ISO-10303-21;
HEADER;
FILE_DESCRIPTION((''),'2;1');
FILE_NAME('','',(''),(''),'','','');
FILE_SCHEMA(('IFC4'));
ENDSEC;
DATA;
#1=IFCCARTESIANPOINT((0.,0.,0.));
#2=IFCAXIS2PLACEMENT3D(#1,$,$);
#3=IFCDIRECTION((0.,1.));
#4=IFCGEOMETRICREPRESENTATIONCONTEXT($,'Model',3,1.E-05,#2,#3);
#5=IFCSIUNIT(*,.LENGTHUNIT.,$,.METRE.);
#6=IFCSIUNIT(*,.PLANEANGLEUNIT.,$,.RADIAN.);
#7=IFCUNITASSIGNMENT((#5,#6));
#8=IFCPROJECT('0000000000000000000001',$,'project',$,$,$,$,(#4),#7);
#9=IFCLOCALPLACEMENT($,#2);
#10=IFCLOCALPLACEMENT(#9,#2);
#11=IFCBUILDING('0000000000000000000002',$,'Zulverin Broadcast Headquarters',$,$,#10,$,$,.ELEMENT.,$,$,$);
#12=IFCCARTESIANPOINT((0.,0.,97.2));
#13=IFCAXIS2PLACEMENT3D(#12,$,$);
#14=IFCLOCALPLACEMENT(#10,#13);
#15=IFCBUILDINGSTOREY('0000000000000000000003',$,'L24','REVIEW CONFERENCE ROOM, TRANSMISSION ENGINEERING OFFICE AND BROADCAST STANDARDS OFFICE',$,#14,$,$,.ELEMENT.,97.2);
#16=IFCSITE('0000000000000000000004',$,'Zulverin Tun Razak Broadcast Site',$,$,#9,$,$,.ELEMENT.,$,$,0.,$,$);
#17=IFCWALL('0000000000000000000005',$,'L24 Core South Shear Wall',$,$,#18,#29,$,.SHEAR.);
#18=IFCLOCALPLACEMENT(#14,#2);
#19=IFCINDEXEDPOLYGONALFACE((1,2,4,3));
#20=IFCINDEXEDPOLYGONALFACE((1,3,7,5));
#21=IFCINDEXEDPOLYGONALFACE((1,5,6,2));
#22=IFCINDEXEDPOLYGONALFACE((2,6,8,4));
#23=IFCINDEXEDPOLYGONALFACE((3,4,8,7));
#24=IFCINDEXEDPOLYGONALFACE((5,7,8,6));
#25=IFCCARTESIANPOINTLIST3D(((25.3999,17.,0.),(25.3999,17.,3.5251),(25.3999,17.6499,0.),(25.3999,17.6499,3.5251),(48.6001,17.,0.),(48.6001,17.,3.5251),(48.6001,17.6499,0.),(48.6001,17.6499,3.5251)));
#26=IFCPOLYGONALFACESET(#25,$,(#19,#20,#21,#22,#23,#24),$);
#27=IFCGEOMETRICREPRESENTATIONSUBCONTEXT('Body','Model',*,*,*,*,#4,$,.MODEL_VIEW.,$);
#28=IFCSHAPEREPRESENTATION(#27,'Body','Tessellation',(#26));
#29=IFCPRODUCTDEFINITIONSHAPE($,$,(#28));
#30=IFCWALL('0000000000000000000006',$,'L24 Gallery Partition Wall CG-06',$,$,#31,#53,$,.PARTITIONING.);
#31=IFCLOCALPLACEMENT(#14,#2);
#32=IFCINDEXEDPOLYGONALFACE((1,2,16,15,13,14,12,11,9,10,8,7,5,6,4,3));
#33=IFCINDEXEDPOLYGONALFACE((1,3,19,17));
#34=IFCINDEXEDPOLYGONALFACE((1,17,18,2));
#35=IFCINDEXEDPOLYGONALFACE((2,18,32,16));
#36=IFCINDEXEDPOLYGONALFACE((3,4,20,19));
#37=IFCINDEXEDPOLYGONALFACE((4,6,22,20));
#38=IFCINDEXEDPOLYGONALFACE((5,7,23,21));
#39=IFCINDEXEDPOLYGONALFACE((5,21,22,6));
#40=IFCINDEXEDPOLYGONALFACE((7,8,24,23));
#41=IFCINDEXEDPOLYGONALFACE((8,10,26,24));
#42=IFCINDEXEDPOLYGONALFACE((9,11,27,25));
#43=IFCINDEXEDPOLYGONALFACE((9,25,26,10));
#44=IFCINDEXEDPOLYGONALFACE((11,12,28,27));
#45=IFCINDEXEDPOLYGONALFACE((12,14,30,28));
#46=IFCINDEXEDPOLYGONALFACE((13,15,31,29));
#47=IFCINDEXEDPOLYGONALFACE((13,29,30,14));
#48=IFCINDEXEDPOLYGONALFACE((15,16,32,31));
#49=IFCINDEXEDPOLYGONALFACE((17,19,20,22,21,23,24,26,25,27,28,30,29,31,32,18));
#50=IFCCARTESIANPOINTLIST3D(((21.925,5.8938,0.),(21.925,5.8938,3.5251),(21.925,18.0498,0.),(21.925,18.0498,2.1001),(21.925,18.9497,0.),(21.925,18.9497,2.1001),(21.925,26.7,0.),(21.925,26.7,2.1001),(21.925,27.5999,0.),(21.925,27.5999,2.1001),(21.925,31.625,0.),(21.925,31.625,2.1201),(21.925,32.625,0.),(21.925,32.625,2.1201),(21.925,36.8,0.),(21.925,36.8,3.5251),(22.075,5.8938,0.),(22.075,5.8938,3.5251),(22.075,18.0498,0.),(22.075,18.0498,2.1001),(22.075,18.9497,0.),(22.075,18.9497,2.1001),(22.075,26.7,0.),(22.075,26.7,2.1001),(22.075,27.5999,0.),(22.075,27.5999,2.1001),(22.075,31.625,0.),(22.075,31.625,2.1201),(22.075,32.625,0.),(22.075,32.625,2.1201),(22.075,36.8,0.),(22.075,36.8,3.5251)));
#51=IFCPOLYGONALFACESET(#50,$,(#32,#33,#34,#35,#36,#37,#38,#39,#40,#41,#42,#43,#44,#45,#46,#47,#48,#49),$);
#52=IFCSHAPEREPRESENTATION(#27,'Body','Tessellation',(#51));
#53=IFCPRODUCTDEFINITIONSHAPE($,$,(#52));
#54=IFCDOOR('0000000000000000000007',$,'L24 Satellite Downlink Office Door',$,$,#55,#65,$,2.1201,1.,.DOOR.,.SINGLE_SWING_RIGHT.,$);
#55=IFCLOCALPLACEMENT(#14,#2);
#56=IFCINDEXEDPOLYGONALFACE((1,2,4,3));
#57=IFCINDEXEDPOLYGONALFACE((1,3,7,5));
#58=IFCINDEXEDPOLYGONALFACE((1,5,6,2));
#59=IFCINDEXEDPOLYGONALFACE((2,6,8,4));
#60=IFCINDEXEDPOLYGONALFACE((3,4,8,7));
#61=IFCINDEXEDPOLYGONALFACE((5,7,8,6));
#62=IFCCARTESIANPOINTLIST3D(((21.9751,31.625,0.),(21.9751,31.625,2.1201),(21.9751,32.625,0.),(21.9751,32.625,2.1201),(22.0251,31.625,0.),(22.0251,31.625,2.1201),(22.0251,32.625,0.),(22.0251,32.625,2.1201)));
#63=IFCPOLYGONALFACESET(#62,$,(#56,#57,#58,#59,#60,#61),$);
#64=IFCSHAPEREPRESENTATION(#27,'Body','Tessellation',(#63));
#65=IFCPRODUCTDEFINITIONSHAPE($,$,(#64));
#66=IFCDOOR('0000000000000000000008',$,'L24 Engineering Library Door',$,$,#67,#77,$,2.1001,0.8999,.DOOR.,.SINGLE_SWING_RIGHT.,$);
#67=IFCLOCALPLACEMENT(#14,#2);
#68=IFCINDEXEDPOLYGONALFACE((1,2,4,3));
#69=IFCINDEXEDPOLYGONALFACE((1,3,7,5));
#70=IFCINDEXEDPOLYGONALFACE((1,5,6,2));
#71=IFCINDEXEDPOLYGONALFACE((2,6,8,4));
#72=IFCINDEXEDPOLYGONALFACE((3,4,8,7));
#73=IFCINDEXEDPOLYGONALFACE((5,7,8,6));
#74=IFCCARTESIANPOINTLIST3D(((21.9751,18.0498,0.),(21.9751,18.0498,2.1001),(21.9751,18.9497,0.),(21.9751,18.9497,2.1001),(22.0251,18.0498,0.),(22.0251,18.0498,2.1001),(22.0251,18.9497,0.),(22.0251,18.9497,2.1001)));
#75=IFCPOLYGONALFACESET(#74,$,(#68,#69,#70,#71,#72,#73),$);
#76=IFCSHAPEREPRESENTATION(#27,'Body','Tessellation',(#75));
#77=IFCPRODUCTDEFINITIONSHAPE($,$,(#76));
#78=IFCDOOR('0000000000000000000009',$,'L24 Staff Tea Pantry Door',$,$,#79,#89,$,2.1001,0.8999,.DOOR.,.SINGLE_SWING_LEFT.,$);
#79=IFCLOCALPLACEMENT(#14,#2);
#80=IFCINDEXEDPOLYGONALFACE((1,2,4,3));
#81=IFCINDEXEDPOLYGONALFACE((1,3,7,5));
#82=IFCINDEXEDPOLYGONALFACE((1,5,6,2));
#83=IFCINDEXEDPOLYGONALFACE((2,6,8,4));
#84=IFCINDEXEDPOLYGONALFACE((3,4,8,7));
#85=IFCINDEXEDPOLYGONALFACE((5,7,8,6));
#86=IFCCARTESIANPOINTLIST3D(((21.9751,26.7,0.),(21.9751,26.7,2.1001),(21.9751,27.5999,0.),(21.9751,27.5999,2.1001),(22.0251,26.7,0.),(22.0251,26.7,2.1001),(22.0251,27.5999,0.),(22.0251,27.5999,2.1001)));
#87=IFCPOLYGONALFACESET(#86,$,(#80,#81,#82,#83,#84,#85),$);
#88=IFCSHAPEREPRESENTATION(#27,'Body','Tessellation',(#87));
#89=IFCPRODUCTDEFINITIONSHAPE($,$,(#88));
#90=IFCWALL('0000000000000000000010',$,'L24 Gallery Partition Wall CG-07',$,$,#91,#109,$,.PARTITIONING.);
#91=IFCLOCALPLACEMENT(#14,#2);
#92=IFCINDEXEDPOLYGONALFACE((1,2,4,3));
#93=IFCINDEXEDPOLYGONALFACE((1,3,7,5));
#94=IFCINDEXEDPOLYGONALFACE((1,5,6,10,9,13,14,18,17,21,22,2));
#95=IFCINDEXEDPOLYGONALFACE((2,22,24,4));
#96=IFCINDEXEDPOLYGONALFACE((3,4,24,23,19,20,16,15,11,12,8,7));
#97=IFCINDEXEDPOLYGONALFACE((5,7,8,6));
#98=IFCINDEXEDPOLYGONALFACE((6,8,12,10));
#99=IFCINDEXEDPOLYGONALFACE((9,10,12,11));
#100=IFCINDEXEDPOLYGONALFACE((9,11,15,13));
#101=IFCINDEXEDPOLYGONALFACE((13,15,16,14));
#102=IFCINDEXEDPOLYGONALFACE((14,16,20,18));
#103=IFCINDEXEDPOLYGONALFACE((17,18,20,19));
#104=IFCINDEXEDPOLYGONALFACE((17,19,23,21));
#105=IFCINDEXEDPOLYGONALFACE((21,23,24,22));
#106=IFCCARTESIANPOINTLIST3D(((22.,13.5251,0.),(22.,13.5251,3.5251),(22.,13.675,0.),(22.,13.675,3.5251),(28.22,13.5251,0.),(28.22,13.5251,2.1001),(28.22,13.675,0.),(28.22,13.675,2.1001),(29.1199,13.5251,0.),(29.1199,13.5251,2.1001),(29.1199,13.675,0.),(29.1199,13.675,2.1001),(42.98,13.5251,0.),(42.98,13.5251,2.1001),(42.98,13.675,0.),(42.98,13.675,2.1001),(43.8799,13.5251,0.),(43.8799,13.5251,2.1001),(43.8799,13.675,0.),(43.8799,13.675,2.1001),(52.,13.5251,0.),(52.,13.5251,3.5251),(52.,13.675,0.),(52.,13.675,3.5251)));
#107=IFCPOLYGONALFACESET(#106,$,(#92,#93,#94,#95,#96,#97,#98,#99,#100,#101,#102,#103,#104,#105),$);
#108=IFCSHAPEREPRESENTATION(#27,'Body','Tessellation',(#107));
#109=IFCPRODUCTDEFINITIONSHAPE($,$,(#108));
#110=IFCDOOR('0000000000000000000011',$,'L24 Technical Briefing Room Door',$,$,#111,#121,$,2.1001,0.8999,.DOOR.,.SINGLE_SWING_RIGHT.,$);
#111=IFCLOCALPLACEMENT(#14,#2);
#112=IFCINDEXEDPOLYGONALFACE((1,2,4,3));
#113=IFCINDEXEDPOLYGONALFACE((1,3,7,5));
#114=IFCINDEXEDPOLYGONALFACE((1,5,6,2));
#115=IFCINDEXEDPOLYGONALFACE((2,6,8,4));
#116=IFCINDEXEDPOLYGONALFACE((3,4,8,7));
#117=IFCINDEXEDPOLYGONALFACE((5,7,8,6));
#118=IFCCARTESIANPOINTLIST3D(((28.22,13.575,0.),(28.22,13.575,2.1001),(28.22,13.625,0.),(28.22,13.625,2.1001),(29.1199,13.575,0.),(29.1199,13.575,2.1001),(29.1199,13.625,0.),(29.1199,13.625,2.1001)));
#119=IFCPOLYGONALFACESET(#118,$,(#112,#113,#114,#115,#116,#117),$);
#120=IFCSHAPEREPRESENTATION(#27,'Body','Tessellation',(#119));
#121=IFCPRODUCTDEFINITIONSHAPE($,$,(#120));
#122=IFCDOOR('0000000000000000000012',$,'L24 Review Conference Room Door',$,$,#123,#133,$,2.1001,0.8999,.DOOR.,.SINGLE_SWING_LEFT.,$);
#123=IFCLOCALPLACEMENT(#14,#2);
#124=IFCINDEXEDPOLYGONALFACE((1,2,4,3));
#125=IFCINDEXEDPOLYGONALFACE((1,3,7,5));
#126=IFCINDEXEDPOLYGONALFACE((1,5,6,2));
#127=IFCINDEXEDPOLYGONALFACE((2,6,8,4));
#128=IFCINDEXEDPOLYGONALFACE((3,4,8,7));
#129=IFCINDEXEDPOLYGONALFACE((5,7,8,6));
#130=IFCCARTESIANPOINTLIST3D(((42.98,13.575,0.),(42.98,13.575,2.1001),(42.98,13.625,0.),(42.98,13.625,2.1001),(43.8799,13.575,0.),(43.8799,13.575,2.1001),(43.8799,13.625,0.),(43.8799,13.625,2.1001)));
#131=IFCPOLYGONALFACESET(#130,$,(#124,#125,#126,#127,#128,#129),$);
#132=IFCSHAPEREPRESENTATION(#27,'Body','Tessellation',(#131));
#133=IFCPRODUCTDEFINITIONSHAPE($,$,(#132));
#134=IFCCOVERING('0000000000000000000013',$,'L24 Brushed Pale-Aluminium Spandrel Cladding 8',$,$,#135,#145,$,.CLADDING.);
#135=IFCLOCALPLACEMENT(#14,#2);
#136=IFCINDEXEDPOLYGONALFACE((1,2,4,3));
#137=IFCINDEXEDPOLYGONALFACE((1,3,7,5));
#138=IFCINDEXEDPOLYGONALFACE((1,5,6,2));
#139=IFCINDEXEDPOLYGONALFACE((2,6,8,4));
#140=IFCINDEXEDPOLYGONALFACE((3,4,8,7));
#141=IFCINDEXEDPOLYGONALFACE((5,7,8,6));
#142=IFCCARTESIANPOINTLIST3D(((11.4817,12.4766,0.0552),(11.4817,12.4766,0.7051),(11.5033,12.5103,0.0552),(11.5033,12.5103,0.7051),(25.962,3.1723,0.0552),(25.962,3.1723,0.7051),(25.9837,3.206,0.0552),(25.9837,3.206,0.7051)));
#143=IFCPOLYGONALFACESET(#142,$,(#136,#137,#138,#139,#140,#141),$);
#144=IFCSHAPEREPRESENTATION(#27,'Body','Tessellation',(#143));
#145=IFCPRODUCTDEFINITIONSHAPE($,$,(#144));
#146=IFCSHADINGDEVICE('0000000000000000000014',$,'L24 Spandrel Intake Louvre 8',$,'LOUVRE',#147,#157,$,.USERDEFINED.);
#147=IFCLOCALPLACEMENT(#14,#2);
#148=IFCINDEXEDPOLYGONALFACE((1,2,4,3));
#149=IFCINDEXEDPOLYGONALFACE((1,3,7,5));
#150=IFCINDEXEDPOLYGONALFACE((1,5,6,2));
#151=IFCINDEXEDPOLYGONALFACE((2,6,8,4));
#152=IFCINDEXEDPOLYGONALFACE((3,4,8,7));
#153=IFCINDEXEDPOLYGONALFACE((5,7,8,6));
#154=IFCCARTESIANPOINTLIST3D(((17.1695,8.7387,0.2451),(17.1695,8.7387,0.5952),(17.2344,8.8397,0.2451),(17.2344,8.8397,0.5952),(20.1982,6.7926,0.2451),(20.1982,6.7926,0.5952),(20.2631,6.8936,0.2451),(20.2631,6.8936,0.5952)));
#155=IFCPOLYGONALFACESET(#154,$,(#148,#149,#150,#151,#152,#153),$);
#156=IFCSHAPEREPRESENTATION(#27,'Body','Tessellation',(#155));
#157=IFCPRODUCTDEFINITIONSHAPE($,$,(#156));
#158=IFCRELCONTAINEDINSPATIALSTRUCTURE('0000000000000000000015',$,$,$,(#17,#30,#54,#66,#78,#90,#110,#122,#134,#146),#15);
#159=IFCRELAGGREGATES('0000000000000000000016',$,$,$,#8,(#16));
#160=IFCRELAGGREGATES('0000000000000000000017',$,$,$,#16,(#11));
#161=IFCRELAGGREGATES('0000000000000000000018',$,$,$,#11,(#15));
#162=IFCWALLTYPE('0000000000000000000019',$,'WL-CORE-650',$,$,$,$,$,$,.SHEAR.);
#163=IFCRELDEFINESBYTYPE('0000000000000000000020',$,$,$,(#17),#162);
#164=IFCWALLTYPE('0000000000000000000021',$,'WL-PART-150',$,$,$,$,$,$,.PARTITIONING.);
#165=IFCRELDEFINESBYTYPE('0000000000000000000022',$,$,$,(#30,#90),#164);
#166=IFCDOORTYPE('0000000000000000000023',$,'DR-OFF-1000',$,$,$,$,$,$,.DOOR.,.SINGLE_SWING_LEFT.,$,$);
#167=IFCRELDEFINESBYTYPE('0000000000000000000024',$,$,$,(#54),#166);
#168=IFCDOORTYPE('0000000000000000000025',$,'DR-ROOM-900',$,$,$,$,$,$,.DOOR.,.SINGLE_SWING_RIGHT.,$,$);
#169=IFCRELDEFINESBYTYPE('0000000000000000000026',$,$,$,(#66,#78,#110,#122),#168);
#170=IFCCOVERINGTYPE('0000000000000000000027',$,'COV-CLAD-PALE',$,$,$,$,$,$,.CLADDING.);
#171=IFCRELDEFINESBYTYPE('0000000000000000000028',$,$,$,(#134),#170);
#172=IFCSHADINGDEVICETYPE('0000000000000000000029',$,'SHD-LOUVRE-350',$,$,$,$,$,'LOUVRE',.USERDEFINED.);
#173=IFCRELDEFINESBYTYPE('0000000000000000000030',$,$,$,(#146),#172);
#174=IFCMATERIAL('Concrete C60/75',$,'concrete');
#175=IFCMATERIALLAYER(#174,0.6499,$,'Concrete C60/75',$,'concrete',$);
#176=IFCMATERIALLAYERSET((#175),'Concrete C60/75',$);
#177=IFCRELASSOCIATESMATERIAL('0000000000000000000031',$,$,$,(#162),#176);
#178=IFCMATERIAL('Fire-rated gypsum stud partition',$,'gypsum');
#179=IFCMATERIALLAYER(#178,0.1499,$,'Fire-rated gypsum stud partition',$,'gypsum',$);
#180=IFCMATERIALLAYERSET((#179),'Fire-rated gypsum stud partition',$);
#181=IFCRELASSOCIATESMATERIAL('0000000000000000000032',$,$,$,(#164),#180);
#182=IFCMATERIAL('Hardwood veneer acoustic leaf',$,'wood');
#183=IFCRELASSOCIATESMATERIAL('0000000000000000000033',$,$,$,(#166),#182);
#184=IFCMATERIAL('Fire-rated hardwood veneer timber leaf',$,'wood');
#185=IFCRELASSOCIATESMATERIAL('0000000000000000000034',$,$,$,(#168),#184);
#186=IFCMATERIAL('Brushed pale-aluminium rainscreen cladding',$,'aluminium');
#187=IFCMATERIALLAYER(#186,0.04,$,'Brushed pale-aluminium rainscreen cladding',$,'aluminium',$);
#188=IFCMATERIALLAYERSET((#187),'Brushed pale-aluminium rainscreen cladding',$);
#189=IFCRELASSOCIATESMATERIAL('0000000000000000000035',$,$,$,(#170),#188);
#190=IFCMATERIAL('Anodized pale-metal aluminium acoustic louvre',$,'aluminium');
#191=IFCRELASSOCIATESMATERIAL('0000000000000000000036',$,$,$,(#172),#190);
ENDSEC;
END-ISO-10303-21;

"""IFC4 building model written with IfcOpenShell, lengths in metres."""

from ifc_helpers import new_model, si_unit, direction, frame, frame_2d, origin, origin_2d, place, context, subcontext, project, spatial, rectangle, extrude, material, layer, layer_set, type_object, element, fill, save


model = new_model("IFC4")

# Units and contexts
model_context = context("Model", 3, precision=1e-05, world=origin(), true_north=direction((0.0, 1.0)))
body_context = subcontext(model_context, "Body", "Model", "MODEL_VIEW")
ifc_project = project(units=[si_unit("LENGTHUNIT", "METRE"), si_unit("PLANEANGLEUNIT", "RADIAN")], contexts=[model_context])

# Site, building, storey
site_placement = place(None, origin())
site = spatial("IfcSite", under=ifc_project, at=site_placement, Name="Zulverin Tun Razak Broadcast Site", CompositionType="ELEMENT", RefElevation=0.0)
building_placement = place(site_placement, origin())
building = spatial("IfcBuilding", under=site, at=building_placement, Name="Zulverin Broadcast Headquarters", CompositionType="ELEMENT")
storey_placement = place(building_placement, frame((0.0, 0.0, 97.2)))
storey = spatial("IfcBuildingStorey", under=building, at=storey_placement, Name="L24", Description="REVIEW CONFERENCE ROOM, TRANSMISSION ENGINEERING OFFICE AND BROADCAST STANDARDS OFFICE", CompositionType="ELEMENT", Elevation=97.2)

# Shared definitions
ifc_material_1 = material(Name="Concrete C60/75", Category="concrete")

# Wall
ifc_layer_1 = layer(ifc_material_1, 0.6499, Name="Concrete C60/75", Category="concrete")
ifc_layer_set_1 = layer_set([ifc_layer_1], Name="Concrete C60/75")
wall_type_1 = type_object("IfcWallType", Name="WL-CORE-650", PredefinedType="SHEAR", material=ifc_layer_set_1)
wall_1_placement = place(storey_placement, frame((25.3999, 17.325, 0.0), z_axis=(0.0, 0.0, 1.0), x_axis=(1.0, 0.0, 0.0)))
element("IfcWall", 1, at=wall_1_placement, inside=storey, type_object=wall_type_1, Name="L24 Core South Shear Wall", PredefinedType="SHEAR", context=body_context, shape_type="SweptSolid", body=[
    extrude(rectangle(XDim=23.2002, YDim=0.6499, at=frame_2d((11.6001, 0.0))), origin(), (0.0, 0.0, 1.0), 3.5251),
])

# Walls, openings, doors
ifc_material_2 = material(Name="Fire-rated gypsum stud partition", Category="gypsum")
ifc_layer_2 = layer(ifc_material_2, 0.1499, Name="Fire-rated gypsum stud partition", Category="gypsum")
ifc_layer_set_2 = layer_set([ifc_layer_2], Name="Fire-rated gypsum stud partition")
wall_type_2 = type_object("IfcWallType", Name="WL-PART-150", PredefinedType="PARTITIONING", material=ifc_layer_set_2)
wall_2_placement = place(storey_placement, frame((22.0, 5.8938, 0.0), z_axis=(0.0, 0.0, 1.0), x_axis=(0.0, 1.0, 0.0)))
wall_2 = element("IfcWall", 2, at=wall_2_placement, inside=storey, type_object=wall_type_2, Name="L24 Gallery Partition Wall CG-06", PredefinedType="PARTITIONING", context=body_context, shape_type="SweptSolid", body=[
    extrude(rectangle(XDim=30.9062, YDim=0.1499, at=frame_2d((15.4531, 0.0))), origin(), (0.0, 0.0, 1.0), 3.5251),
])
opening_1_placement = place(wall_2_placement, frame((12.156, 0.0, 0.0)))
opening_1 = element("IfcOpeningElement", 3, at=opening_1_placement, cuts=wall_2, PredefinedType="OPENING", context=body_context, shape_type="SweptSolid", body=[
    extrude(rectangle(XDim=0.8999, YDim=2.1001, at=frame_2d((0.45, 1.05))), frame((0.0, 0.085, 0.0), z_axis=(0.0, -1.0, 0.0), x_axis=(1.0, 0.0, 0.0)), (0.0, 0.0, 1.0), 0.1699),
])
opening_2_placement = place(wall_2_placement, frame((20.8062, 0.0, 0.0)))
opening_2 = element("IfcOpeningElement", 4, at=opening_2_placement, cuts=wall_2, PredefinedType="OPENING", context=body_context, shape_type="SweptSolid", body=[
    extrude(rectangle(XDim=0.8999, YDim=2.1001, at=frame_2d((0.45, 1.05))), frame((0.0, 0.085, 0.0), z_axis=(0.0, -1.0, 0.0), x_axis=(1.0, 0.0, 0.0)), (0.0, 0.0, 1.0), 0.1699),
])
opening_3_placement = place(wall_2_placement, frame((25.7312, 0.0, 0.0)))
opening_3 = element("IfcOpeningElement", 5, at=opening_3_placement, cuts=wall_2, PredefinedType="OPENING", context=body_context, shape_type="SweptSolid", body=[
    extrude(rectangle(XDim=1.0, YDim=2.1201, at=frame_2d((0.5, 1.0601))), frame((0.0, 0.085, 0.0), z_axis=(0.0, -1.0, 0.0), x_axis=(1.0, 0.0, 0.0)), (0.0, 0.0, 1.0), 0.1699),
])
ifc_material_3 = material(Name="Hardwood veneer acoustic leaf", Category="wood")
door_type_1 = type_object("IfcDoorType", Name="DR-OFF-1000", OperationType="SINGLE_SWING_LEFT", PredefinedType="DOOR", material=ifc_material_3)
door_1_placement = place(opening_3_placement, origin())
door_1 = element("IfcDoor", 6, at=door_1_placement, inside=storey, type_object=door_type_1, Name="L24 Satellite Downlink Office Door", OperationType="SINGLE_SWING_RIGHT", OverallHeight=2.1201, OverallWidth=1.0, PredefinedType="DOOR", context=body_context, shape_type="SweptSolid", body=[
    extrude(rectangle(XDim=1.0, YDim=2.1201, at=frame_2d((0.5, 1.0601))), frame((0.0, 0.0249, 0.0), z_axis=(0.0, -1.0, 0.0), x_axis=(1.0, 0.0, 0.0)), (0.0, 0.0, 1.0), 0.05),
])
fill(opening_3, door_1)
ifc_material_4 = material(Name="Fire-rated hardwood veneer timber leaf", Category="wood")
door_type_2 = type_object("IfcDoorType", Name="DR-ROOM-900", OperationType="SINGLE_SWING_RIGHT", PredefinedType="DOOR", material=ifc_material_4)
door_2_placement = place(opening_1_placement, origin())
door_2 = element("IfcDoor", 7, at=door_2_placement, inside=storey, type_object=door_type_2, Name="L24 Engineering Library Door", OperationType="SINGLE_SWING_RIGHT", OverallHeight=2.1001, OverallWidth=0.8999, PredefinedType="DOOR", context=body_context, shape_type="SweptSolid", body=[
    extrude(rectangle(XDim=0.8999, YDim=2.1001, at=frame_2d((0.45, 1.05))), frame((0.0, 0.0249, 0.0), z_axis=(0.0, -1.0, 0.0), x_axis=(1.0, 0.0, 0.0)), (0.0, 0.0, 1.0), 0.05),
])
fill(opening_1, door_2)
door_3_placement = place(opening_2_placement, origin())
door_3 = element("IfcDoor", 8, at=door_3_placement, inside=storey, type_object=door_type_2, Name="L24 Staff Tea Pantry Door", OperationType="SINGLE_SWING_LEFT", OverallHeight=2.1001, OverallWidth=0.8999, PredefinedType="DOOR", context=body_context, shape_type="SweptSolid", body=[
    extrude(rectangle(XDim=0.8999, YDim=2.1001, at=frame_2d((0.45, 1.05))), frame((0.0, 0.0249, 0.0), z_axis=(0.0, -1.0, 0.0), x_axis=(1.0, 0.0, 0.0)), (0.0, 0.0, 1.0), 0.05),
])
fill(opening_2, door_3)
wall_3_placement = place(storey_placement, frame((22.0, 13.6001, 0.0), z_axis=(0.0, 0.0, 1.0), x_axis=(1.0, 0.0, 0.0)))
wall_3 = element("IfcWall", 9, at=wall_3_placement, inside=storey, type_object=wall_type_2, Name="L24 Gallery Partition Wall CG-07", PredefinedType="PARTITIONING", context=body_context, shape_type="SweptSolid", body=[
    extrude(rectangle(XDim=30.0, YDim=0.1499, at=frame_2d((15.0, 0.0))), origin(), (0.0, 0.0, 1.0), 3.5251),
])
opening_4_placement = place(wall_3_placement, frame((6.22, 0.0, 0.0)))
opening_4 = element("IfcOpeningElement", 10, at=opening_4_placement, cuts=wall_3, PredefinedType="OPENING", context=body_context, shape_type="SweptSolid", body=[
    extrude(rectangle(XDim=0.8999, YDim=2.1001, at=frame_2d((0.45, 1.05))), frame((0.0, 0.085, 0.0), z_axis=(0.0, -1.0, 0.0), x_axis=(1.0, 0.0, 0.0)), (0.0, 0.0, 1.0), 0.1699),
])
opening_5_placement = place(wall_3_placement, frame((20.98, 0.0, 0.0)))
opening_5 = element("IfcOpeningElement", 11, at=opening_5_placement, cuts=wall_3, PredefinedType="OPENING", context=body_context, shape_type="SweptSolid", body=[
    extrude(rectangle(XDim=0.8999, YDim=2.1001, at=frame_2d((0.45, 1.05))), frame((0.0, 0.085, 0.0), z_axis=(0.0, -1.0, 0.0), x_axis=(1.0, 0.0, 0.0)), (0.0, 0.0, 1.0), 0.1699),
])
door_4_placement = place(opening_4_placement, origin())
door_4 = element("IfcDoor", 12, at=door_4_placement, inside=storey, type_object=door_type_2, Name="L24 Technical Briefing Room Door", OperationType="SINGLE_SWING_RIGHT", OverallHeight=2.1001, OverallWidth=0.8999, PredefinedType="DOOR", context=body_context, shape_type="SweptSolid", body=[
    extrude(rectangle(XDim=0.8999, YDim=2.1001, at=frame_2d((0.45, 1.05))), frame((0.0, 0.0249, 0.0), z_axis=(0.0, -1.0, 0.0), x_axis=(1.0, 0.0, 0.0)), (0.0, 0.0, 1.0), 0.05),
])
fill(opening_4, door_4)
door_5_placement = place(opening_5_placement, origin())
door_5 = element("IfcDoor", 13, at=door_5_placement, inside=storey, type_object=door_type_2, Name="L24 Review Conference Room Door", OperationType="SINGLE_SWING_LEFT", OverallHeight=2.1001, OverallWidth=0.8999, PredefinedType="DOOR", context=body_context, shape_type="SweptSolid", body=[
    extrude(rectangle(XDim=0.8999, YDim=2.1001, at=frame_2d((0.45, 1.05))), frame((0.0, 0.0249, 0.0), z_axis=(0.0, -1.0, 0.0), x_axis=(1.0, 0.0, 0.0)), (0.0, 0.0, 1.0), 0.05),
])
fill(opening_5, door_5)

# Covering
ifc_material_5 = material(Name="Brushed pale-aluminium rainscreen cladding", Category="aluminium")
ifc_layer_3 = layer(ifc_material_5, 0.04, Name="Brushed pale-aluminium rainscreen cladding", Category="aluminium")
ifc_layer_set_3 = layer_set([ifc_layer_3], Name="Brushed pale-aluminium rainscreen cladding")
covering_type = type_object("IfcCoveringType", Name="COV-CLAD-PALE", PredefinedType="CLADDING", material=ifc_layer_set_3)
covering_placement = place(storey_placement, frame((18.7327, 7.8413, 0.0552), z_axis=(0.0, 0.0, 1.0), x_axis=(0.841297, -0.540574, 0.0)))
element("IfcCovering", 14, at=covering_placement, inside=storey, type_object=covering_type, Name="L24 Brushed Pale-Aluminium Spandrel Cladding 8", PredefinedType="CLADDING", context=body_context, shape_type="SweptSolid", body=[
    extrude(rectangle(XDim=17.2119, YDim=0.04, at=origin_2d()), origin(), (0.0, 0.0, 1.0), 0.6499),
])

# Shading device
ifc_material_6 = material(Name="Anodized pale-metal aluminium acoustic louvre", Category="aluminium")
shading_device_type_1 = type_object("IfcShadingDeviceType", Name="SHD-LOUVRE-350", ElementType="LOUVRE", PredefinedType="USERDEFINED", material=ifc_material_6)
shading_device_1_placement = place(storey_placement, frame((18.7163, 7.8162, 0.2451), z_axis=(0.0, 0.0, 1.0), x_axis=(0.841297, -0.540574, 0.0)))
element("IfcShadingDevice", 15, at=shading_device_1_placement, inside=storey, type_object=shading_device_type_1, Name="L24 Spandrel Intake Louvre 8", ObjectType="LOUVRE", PredefinedType="USERDEFINED", context=body_context, shape_type="SweptSolid", body=[
    extrude(rectangle(XDim=3.6001, YDim=0.1201, at=origin_2d()), origin(), (0.0, 0.0, 1.0), 0.3501),
])

save(model, "model.ifc")
